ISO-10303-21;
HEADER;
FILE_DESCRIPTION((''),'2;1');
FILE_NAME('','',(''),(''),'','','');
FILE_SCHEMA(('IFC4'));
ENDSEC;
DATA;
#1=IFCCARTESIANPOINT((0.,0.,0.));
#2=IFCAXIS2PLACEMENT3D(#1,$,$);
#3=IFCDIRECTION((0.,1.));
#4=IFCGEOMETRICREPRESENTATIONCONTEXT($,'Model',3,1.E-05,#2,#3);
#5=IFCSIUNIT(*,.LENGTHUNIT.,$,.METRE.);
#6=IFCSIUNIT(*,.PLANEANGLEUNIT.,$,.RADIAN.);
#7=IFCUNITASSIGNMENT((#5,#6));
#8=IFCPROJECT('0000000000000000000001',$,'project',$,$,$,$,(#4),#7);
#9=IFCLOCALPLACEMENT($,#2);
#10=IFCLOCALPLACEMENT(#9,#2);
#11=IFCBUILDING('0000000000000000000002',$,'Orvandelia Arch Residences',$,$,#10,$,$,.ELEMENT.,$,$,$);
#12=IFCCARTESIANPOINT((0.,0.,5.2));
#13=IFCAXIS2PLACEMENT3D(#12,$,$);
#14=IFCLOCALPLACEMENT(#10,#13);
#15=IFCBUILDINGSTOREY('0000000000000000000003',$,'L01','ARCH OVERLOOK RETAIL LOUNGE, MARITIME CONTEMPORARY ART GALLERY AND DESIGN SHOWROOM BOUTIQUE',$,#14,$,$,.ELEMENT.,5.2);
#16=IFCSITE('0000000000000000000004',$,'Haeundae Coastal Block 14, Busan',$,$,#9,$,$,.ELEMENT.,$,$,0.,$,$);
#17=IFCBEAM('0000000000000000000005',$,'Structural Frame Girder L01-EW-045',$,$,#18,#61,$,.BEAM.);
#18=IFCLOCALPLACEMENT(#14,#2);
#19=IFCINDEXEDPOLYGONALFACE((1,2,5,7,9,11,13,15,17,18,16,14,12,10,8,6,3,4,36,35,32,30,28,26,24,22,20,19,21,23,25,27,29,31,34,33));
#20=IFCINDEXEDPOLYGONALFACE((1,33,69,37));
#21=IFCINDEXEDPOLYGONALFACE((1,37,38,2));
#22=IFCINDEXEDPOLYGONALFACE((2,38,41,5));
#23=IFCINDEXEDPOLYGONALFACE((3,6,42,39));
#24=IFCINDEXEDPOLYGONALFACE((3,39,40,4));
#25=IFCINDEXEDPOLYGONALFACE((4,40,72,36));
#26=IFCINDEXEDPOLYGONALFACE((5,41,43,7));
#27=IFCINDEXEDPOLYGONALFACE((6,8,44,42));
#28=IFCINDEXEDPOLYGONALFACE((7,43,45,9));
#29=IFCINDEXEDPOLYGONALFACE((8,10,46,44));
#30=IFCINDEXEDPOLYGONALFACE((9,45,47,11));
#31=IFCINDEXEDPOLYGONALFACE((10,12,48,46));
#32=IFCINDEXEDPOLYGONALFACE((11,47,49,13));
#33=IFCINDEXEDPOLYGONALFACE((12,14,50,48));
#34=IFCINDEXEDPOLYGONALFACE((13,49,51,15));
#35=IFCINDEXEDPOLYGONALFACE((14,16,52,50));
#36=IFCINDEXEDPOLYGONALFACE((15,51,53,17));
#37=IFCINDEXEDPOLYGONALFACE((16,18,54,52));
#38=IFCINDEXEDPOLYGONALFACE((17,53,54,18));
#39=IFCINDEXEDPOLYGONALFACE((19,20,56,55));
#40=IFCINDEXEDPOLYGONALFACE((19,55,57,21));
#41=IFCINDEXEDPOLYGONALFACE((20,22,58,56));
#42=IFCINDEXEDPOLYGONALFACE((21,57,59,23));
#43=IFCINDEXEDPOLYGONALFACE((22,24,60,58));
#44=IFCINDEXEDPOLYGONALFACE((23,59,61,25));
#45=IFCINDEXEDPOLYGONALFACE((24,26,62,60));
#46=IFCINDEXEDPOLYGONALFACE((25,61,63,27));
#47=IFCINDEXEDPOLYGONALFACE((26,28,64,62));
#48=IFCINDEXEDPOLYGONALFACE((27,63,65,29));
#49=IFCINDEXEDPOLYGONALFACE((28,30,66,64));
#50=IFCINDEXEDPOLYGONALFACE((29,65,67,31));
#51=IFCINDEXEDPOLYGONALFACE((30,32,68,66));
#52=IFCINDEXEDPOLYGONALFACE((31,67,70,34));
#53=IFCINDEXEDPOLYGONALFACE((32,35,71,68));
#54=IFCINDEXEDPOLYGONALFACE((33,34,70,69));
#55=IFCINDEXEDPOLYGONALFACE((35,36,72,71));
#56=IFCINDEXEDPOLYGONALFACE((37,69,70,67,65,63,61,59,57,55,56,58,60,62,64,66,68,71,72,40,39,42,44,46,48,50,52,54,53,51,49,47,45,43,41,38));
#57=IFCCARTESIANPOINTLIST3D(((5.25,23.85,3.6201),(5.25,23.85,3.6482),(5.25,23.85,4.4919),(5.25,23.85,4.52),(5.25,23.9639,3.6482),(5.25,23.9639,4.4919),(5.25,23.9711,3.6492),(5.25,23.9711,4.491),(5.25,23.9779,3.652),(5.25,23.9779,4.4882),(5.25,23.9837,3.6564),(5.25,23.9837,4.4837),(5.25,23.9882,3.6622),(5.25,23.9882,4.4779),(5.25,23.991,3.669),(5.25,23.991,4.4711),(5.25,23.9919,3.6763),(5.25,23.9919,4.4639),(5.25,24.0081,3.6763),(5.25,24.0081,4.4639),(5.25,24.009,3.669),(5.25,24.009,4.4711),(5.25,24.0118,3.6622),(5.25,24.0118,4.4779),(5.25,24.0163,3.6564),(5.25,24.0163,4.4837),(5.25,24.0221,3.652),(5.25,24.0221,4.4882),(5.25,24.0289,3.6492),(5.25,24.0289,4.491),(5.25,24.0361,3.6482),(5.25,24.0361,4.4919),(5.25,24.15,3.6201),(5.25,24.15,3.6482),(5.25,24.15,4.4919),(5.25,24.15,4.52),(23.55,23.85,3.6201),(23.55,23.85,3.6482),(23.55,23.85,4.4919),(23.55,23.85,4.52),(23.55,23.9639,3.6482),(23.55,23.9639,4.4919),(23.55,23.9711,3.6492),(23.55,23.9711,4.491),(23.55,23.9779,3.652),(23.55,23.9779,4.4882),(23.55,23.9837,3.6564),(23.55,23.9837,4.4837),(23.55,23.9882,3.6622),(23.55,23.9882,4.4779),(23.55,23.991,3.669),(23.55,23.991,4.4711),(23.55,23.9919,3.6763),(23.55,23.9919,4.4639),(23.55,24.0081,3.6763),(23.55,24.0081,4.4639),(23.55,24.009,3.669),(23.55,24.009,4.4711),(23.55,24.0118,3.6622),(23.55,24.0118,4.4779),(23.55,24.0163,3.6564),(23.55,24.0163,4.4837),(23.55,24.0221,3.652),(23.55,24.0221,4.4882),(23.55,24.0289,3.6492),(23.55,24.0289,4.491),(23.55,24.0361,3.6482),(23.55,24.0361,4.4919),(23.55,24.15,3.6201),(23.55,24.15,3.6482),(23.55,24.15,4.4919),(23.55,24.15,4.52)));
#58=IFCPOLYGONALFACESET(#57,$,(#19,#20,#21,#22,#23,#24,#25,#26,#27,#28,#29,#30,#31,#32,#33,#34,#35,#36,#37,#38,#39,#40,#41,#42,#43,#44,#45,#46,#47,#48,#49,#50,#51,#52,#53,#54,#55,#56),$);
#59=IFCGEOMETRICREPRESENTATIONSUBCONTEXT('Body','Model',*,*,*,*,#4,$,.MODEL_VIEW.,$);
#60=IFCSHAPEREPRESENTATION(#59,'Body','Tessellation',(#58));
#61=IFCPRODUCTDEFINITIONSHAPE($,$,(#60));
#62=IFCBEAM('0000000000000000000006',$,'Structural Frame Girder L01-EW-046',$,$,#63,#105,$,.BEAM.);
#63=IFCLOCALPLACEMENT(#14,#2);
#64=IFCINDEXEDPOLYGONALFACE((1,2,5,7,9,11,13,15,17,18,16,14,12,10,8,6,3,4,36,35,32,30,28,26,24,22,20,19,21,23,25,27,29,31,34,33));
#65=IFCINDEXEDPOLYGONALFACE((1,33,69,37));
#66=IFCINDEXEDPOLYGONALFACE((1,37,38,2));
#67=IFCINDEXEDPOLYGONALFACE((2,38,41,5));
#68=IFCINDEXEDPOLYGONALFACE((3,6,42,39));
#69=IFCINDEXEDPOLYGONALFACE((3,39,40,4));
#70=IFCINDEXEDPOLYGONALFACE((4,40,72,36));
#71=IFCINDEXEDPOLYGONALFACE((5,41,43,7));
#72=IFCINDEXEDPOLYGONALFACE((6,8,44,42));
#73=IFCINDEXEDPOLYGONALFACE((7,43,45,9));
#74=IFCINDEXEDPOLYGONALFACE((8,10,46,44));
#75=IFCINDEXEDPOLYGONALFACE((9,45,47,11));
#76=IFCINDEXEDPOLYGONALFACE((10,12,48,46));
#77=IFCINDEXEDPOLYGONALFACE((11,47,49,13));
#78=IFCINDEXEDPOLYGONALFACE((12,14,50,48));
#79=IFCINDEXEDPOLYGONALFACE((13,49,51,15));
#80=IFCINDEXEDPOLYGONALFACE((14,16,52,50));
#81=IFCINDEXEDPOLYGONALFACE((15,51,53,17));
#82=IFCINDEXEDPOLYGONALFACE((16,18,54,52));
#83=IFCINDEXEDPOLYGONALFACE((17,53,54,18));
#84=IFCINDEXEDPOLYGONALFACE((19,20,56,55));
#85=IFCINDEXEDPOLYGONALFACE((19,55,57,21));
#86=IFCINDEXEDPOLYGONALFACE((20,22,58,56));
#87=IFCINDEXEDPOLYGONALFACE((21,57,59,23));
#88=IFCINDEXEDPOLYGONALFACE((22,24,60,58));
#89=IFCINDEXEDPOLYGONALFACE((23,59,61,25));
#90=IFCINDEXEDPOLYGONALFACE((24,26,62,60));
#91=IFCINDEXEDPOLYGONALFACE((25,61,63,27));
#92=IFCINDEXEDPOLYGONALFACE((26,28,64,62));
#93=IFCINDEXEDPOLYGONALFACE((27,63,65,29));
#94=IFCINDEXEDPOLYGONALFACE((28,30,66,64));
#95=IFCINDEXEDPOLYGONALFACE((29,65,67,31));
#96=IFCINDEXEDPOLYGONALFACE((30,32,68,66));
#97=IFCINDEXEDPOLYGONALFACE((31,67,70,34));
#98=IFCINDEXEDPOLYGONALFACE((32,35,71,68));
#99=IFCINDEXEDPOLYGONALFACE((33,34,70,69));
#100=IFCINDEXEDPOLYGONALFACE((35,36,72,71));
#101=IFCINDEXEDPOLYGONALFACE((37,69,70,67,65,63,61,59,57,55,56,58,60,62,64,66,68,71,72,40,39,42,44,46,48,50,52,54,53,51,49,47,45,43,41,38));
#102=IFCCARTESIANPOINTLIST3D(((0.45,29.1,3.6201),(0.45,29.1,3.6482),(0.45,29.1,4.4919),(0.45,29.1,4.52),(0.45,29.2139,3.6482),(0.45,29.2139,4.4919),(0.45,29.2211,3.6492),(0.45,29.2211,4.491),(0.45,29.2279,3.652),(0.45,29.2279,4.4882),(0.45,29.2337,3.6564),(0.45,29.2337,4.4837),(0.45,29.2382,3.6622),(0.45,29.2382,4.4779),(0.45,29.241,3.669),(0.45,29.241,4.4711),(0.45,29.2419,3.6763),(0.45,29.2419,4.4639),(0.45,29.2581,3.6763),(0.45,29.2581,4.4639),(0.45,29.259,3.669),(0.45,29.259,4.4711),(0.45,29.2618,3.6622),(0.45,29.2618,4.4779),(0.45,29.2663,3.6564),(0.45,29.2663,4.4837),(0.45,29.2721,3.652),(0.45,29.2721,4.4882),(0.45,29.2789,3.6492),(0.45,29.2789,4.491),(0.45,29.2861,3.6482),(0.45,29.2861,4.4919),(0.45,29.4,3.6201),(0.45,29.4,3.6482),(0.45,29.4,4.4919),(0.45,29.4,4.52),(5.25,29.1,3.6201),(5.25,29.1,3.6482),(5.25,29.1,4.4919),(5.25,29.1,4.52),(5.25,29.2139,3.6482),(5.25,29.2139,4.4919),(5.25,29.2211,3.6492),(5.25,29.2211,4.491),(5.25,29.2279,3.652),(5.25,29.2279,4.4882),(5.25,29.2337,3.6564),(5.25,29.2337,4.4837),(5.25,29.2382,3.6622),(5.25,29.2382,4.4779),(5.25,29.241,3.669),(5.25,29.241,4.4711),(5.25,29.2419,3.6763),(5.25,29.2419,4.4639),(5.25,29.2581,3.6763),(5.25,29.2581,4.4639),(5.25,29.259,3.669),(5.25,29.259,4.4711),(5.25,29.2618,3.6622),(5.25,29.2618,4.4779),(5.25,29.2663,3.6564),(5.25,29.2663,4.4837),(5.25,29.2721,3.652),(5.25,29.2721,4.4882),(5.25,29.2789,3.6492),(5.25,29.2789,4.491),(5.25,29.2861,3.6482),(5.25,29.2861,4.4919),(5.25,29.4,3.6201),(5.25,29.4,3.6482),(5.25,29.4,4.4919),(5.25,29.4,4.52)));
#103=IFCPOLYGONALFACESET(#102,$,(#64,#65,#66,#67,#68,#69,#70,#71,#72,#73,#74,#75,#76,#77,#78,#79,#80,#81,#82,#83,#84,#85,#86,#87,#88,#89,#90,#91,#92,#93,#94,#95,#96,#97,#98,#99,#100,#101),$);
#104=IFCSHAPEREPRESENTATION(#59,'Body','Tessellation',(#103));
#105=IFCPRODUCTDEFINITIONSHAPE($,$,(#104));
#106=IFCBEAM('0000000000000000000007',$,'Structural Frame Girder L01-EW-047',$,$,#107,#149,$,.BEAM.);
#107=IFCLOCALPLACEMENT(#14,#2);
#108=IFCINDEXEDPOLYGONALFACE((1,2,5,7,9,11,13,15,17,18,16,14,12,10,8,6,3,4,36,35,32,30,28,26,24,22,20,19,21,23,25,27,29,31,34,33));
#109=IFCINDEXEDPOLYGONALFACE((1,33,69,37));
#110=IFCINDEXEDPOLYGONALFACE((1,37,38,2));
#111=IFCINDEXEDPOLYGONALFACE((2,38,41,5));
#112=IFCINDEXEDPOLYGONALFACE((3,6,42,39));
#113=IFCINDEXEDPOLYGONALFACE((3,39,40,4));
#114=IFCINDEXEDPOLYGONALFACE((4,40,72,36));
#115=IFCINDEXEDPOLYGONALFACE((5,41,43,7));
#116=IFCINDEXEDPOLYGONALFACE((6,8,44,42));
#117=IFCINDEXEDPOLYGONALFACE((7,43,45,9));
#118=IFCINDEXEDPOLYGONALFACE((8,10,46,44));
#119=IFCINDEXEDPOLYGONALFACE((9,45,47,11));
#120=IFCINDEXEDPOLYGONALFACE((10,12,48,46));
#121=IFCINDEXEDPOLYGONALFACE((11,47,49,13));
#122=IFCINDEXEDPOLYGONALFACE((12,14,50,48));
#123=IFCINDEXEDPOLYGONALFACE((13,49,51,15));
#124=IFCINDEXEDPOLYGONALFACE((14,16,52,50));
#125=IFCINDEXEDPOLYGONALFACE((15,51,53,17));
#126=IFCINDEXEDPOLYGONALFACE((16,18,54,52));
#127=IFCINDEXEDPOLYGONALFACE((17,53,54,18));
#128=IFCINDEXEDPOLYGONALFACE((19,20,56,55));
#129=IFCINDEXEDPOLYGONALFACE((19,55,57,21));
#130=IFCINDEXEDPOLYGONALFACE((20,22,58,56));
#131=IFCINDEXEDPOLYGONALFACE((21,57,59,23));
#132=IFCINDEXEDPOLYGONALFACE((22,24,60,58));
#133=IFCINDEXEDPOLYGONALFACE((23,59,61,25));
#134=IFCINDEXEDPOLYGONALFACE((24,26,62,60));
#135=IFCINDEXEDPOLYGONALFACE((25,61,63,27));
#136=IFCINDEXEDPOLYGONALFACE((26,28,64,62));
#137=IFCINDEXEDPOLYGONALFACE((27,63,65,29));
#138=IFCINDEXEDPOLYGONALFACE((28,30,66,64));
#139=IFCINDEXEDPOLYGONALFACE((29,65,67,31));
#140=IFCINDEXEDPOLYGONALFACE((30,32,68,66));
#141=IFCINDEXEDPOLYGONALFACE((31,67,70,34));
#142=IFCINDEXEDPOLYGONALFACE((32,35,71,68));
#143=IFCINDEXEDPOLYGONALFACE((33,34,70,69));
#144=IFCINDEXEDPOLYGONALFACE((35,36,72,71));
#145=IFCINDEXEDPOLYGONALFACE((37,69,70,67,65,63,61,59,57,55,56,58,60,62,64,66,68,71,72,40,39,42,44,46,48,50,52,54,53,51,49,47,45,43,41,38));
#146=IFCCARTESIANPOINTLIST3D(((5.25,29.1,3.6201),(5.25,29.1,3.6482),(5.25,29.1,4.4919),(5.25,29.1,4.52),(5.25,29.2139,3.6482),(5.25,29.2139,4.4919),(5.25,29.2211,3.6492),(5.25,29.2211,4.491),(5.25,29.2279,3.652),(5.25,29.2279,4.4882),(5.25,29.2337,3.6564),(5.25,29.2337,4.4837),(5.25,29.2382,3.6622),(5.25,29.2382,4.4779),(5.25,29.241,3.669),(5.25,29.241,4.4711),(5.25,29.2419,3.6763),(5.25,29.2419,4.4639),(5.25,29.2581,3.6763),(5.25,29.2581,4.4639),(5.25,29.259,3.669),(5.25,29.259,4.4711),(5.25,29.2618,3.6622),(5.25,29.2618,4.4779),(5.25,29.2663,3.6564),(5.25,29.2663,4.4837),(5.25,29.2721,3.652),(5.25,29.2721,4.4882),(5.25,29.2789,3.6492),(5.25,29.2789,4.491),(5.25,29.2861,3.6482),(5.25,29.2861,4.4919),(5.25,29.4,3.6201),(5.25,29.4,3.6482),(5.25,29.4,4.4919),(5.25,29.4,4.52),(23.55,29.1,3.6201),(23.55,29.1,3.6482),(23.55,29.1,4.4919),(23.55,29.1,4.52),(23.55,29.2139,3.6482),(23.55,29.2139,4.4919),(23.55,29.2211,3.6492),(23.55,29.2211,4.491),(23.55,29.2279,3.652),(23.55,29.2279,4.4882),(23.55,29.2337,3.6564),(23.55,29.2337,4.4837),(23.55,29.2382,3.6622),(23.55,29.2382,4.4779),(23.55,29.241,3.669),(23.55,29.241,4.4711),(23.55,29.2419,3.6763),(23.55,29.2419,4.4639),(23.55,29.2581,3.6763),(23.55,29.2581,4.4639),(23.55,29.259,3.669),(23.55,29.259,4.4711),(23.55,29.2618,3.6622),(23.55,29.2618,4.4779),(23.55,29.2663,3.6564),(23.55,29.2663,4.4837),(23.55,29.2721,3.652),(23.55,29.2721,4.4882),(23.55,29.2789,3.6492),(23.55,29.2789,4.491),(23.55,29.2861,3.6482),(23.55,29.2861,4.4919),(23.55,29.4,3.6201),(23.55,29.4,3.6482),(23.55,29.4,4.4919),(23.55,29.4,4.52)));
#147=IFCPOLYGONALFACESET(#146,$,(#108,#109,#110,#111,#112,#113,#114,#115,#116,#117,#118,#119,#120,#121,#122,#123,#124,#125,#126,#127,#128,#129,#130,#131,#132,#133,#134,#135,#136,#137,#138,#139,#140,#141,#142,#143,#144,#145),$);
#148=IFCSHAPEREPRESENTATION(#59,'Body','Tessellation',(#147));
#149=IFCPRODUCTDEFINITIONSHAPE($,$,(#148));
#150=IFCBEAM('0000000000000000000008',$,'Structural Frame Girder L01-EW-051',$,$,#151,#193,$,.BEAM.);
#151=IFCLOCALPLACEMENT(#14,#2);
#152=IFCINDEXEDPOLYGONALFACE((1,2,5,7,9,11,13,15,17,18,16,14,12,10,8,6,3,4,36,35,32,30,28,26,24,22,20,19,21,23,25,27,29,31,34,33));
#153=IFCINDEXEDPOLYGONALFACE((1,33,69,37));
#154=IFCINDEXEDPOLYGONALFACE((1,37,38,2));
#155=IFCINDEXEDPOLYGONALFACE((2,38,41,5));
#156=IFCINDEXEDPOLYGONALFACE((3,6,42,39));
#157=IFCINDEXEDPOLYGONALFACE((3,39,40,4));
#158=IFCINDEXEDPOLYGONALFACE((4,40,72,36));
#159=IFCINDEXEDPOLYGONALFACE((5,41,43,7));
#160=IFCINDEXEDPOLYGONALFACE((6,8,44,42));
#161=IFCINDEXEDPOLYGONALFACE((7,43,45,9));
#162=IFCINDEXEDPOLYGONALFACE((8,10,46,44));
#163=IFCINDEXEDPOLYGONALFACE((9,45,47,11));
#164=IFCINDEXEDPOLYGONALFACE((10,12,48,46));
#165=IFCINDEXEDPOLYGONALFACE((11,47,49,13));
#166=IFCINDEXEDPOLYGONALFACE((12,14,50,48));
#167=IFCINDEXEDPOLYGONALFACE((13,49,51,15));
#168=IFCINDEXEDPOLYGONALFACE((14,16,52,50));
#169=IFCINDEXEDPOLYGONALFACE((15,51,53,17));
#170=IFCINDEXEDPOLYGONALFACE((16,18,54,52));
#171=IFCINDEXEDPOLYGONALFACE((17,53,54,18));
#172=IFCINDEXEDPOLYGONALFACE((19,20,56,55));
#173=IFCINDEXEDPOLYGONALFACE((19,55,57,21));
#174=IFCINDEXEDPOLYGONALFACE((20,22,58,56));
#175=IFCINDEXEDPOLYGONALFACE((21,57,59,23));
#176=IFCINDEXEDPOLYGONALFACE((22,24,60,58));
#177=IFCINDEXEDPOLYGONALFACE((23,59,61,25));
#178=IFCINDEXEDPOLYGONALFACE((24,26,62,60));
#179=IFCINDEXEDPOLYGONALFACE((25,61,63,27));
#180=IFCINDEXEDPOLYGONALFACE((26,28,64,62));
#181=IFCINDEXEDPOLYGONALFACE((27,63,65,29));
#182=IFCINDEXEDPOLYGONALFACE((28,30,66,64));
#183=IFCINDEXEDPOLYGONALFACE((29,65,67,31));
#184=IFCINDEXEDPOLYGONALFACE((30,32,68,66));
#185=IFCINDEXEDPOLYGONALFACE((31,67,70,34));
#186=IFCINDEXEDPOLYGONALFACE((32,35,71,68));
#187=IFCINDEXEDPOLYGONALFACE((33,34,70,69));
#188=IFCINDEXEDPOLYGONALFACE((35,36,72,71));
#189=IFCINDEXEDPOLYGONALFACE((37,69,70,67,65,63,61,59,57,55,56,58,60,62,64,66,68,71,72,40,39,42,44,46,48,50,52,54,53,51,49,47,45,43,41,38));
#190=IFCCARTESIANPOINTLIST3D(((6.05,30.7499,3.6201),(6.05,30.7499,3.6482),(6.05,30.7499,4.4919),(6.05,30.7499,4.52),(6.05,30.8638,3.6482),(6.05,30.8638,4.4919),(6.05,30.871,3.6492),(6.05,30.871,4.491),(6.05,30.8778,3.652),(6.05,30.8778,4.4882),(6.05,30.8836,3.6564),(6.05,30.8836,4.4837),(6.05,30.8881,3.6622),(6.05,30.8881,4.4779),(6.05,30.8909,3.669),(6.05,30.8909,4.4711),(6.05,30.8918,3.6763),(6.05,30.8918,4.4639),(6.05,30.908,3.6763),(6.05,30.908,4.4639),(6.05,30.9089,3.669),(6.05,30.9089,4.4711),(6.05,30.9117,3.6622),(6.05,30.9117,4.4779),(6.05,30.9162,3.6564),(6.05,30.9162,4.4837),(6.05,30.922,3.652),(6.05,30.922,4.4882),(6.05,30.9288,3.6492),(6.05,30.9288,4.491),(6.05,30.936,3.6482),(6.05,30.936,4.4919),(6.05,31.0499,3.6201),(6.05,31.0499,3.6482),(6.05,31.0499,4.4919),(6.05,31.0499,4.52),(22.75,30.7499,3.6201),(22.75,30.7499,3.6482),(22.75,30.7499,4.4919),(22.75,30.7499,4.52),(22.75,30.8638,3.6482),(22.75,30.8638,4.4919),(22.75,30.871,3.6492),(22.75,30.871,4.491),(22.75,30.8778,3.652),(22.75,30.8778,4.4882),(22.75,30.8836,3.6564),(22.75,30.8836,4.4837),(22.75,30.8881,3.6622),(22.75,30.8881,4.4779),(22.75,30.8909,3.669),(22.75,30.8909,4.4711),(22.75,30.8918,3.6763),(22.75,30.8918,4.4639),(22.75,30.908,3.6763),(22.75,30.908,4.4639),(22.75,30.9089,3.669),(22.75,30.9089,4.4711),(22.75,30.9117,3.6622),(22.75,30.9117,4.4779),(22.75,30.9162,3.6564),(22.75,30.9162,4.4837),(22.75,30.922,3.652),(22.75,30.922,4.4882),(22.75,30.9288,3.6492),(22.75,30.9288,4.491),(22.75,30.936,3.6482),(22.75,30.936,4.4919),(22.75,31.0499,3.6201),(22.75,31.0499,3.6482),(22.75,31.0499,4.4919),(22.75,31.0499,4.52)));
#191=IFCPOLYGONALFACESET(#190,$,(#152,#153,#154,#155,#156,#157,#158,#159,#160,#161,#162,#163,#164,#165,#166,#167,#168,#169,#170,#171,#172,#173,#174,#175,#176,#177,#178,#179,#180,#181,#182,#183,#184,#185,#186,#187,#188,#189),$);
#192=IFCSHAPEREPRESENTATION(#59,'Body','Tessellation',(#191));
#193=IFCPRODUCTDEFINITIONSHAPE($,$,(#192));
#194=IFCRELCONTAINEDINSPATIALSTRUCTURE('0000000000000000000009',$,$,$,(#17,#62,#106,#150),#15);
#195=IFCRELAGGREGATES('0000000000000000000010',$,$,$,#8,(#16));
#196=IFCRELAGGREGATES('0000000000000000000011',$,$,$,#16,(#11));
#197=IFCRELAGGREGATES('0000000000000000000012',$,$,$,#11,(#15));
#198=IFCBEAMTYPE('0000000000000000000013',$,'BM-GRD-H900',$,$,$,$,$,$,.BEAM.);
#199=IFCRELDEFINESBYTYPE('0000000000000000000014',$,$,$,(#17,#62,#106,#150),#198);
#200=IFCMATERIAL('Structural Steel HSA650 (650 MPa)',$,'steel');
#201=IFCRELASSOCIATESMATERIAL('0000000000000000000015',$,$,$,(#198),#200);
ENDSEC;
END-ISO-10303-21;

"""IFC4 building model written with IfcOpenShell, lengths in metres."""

from ifc_helpers import new_model, si_unit, direction, frame, origin, origin_2d, place, context, subcontext, project, spatial, i_section, extrude, material, material_profile, profile_set, type_object, element, save


model = new_model("IFC4")

# Units and contexts
model_context = context("Model", 3, precision=1e-05, world=origin(), true_north=direction((0.0, 1.0)))
body_context = subcontext(model_context, "Body", "Model", "MODEL_VIEW")
ifc_project = project(units=[si_unit("LENGTHUNIT", "METRE"), si_unit("PLANEANGLEUNIT", "RADIAN")], contexts=[model_context])

# Site, building, storey
site_placement = place(None, origin())
site = spatial("IfcSite", under=ifc_project, at=site_placement, Name="Haeundae Coastal Block 14, Busan", CompositionType="ELEMENT", RefElevation=0.0)
building_placement = place(site_placement, origin())
building = spatial("IfcBuilding", under=site, at=building_placement, Name="Orvandelia Arch Residences", CompositionType="ELEMENT")
storey_placement = place(building_placement, frame((0.0, 0.0, 5.2)))
storey = spatial("IfcBuildingStorey", under=building, at=storey_placement, Name="L01", Description="ARCH OVERLOOK RETAIL LOUNGE, MARITIME CONTEMPORARY ART GALLERY AND DESIGN SHOWROOM BOUTIQUE", CompositionType="ELEMENT", Elevation=5.2)

# Beams
ifc_material_1 = material(Name="Structural Steel HSA650 (650 MPa)", Category="steel")
ifc_material_profile_1 = material_profile(ifc_material_1, i_section(OverallWidth=0.3, OverallDepth=0.8999, WebThickness=0.0161, FlangeThickness=0.0281, FilletRadius=0.0281, at=origin_2d()), Name="Structural Steel HSA650 (650 MPa)", Category="steel")
ifc_profile_set_1 = profile_set([ifc_material_profile_1], Name="Structural Steel HSA650 (650 MPa)")
beam_type_1 = type_object("IfcBeamType", Name="BM-GRD-H900", PredefinedType="BEAM", material=ifc_profile_set_1)
beam_1_placement = place(storey_placement, frame((5.25, 24.0, 4.0701), z_axis=(1.0, 0.0, 0.0), x_axis=(0.0, 1.0, 0.0)))
element("IfcBeam", 1, at=beam_1_placement, inside=storey, type_object=beam_type_1, Name="Structural Frame Girder L01-EW-045", PredefinedType="BEAM", context=body_context, shape_type="SweptSolid", body=[
    extrude(i_section(OverallWidth=0.3, OverallDepth=0.8999, WebThickness=0.0161, FlangeThickness=0.0281, FilletRadius=0.0281, at=origin_2d()), origin(), (0.0, 0.0, 1.0), 18.3),
])
beam_2_placement = place(storey_placement, frame((0.45, 29.25, 4.0701), z_axis=(1.0, 0.0, 0.0), x_axis=(0.0, 1.0, 0.0)))
element("IfcBeam", 2, at=beam_2_placement, inside=storey, type_object=beam_type_1, Name="Structural Frame Girder L01-EW-046", PredefinedType="BEAM", context=body_context, shape_type="SweptSolid", body=[
    extrude(i_section(OverallWidth=0.3, OverallDepth=0.8999, WebThickness=0.0161, FlangeThickness=0.0281, FilletRadius=0.0281, at=origin_2d()), origin(), (0.0, 0.0, 1.0), 4.8),
])
beam_3_placement = place(storey_placement, frame((5.25, 29.25, 4.0701), z_axis=(1.0, 0.0, 0.0), x_axis=(0.0, 1.0, 0.0)))
element("IfcBeam", 3, at=beam_3_placement, inside=storey, type_object=beam_type_1, Name="Structural Frame Girder L01-EW-047", PredefinedType="BEAM", context=body_context, shape_type="SweptSolid", body=[
    extrude(i_section(OverallWidth=0.3, OverallDepth=0.8999, WebThickness=0.0161, FlangeThickness=0.0281, FilletRadius=0.0281, at=origin_2d()), origin(), (0.0, 0.0, 1.0), 18.3),
])
beam_4_placement = place(storey_placement, frame((6.05, 30.8999, 4.0701), z_axis=(1.0, 0.0, 0.0), x_axis=(0.0, 1.0, 0.0)))
element("IfcBeam", 4, at=beam_4_placement, inside=storey, type_object=beam_type_1, Name="Structural Frame Girder L01-EW-051", PredefinedType="BEAM", context=body_context, shape_type="SweptSolid", body=[
    extrude(i_section(OverallWidth=0.3, OverallDepth=0.8999, WebThickness=0.0161, FlangeThickness=0.0281, FilletRadius=0.0281, at=origin_2d()), origin(), (0.0, 0.0, 1.0), 16.7),
])

save(model, "model.ifc")
